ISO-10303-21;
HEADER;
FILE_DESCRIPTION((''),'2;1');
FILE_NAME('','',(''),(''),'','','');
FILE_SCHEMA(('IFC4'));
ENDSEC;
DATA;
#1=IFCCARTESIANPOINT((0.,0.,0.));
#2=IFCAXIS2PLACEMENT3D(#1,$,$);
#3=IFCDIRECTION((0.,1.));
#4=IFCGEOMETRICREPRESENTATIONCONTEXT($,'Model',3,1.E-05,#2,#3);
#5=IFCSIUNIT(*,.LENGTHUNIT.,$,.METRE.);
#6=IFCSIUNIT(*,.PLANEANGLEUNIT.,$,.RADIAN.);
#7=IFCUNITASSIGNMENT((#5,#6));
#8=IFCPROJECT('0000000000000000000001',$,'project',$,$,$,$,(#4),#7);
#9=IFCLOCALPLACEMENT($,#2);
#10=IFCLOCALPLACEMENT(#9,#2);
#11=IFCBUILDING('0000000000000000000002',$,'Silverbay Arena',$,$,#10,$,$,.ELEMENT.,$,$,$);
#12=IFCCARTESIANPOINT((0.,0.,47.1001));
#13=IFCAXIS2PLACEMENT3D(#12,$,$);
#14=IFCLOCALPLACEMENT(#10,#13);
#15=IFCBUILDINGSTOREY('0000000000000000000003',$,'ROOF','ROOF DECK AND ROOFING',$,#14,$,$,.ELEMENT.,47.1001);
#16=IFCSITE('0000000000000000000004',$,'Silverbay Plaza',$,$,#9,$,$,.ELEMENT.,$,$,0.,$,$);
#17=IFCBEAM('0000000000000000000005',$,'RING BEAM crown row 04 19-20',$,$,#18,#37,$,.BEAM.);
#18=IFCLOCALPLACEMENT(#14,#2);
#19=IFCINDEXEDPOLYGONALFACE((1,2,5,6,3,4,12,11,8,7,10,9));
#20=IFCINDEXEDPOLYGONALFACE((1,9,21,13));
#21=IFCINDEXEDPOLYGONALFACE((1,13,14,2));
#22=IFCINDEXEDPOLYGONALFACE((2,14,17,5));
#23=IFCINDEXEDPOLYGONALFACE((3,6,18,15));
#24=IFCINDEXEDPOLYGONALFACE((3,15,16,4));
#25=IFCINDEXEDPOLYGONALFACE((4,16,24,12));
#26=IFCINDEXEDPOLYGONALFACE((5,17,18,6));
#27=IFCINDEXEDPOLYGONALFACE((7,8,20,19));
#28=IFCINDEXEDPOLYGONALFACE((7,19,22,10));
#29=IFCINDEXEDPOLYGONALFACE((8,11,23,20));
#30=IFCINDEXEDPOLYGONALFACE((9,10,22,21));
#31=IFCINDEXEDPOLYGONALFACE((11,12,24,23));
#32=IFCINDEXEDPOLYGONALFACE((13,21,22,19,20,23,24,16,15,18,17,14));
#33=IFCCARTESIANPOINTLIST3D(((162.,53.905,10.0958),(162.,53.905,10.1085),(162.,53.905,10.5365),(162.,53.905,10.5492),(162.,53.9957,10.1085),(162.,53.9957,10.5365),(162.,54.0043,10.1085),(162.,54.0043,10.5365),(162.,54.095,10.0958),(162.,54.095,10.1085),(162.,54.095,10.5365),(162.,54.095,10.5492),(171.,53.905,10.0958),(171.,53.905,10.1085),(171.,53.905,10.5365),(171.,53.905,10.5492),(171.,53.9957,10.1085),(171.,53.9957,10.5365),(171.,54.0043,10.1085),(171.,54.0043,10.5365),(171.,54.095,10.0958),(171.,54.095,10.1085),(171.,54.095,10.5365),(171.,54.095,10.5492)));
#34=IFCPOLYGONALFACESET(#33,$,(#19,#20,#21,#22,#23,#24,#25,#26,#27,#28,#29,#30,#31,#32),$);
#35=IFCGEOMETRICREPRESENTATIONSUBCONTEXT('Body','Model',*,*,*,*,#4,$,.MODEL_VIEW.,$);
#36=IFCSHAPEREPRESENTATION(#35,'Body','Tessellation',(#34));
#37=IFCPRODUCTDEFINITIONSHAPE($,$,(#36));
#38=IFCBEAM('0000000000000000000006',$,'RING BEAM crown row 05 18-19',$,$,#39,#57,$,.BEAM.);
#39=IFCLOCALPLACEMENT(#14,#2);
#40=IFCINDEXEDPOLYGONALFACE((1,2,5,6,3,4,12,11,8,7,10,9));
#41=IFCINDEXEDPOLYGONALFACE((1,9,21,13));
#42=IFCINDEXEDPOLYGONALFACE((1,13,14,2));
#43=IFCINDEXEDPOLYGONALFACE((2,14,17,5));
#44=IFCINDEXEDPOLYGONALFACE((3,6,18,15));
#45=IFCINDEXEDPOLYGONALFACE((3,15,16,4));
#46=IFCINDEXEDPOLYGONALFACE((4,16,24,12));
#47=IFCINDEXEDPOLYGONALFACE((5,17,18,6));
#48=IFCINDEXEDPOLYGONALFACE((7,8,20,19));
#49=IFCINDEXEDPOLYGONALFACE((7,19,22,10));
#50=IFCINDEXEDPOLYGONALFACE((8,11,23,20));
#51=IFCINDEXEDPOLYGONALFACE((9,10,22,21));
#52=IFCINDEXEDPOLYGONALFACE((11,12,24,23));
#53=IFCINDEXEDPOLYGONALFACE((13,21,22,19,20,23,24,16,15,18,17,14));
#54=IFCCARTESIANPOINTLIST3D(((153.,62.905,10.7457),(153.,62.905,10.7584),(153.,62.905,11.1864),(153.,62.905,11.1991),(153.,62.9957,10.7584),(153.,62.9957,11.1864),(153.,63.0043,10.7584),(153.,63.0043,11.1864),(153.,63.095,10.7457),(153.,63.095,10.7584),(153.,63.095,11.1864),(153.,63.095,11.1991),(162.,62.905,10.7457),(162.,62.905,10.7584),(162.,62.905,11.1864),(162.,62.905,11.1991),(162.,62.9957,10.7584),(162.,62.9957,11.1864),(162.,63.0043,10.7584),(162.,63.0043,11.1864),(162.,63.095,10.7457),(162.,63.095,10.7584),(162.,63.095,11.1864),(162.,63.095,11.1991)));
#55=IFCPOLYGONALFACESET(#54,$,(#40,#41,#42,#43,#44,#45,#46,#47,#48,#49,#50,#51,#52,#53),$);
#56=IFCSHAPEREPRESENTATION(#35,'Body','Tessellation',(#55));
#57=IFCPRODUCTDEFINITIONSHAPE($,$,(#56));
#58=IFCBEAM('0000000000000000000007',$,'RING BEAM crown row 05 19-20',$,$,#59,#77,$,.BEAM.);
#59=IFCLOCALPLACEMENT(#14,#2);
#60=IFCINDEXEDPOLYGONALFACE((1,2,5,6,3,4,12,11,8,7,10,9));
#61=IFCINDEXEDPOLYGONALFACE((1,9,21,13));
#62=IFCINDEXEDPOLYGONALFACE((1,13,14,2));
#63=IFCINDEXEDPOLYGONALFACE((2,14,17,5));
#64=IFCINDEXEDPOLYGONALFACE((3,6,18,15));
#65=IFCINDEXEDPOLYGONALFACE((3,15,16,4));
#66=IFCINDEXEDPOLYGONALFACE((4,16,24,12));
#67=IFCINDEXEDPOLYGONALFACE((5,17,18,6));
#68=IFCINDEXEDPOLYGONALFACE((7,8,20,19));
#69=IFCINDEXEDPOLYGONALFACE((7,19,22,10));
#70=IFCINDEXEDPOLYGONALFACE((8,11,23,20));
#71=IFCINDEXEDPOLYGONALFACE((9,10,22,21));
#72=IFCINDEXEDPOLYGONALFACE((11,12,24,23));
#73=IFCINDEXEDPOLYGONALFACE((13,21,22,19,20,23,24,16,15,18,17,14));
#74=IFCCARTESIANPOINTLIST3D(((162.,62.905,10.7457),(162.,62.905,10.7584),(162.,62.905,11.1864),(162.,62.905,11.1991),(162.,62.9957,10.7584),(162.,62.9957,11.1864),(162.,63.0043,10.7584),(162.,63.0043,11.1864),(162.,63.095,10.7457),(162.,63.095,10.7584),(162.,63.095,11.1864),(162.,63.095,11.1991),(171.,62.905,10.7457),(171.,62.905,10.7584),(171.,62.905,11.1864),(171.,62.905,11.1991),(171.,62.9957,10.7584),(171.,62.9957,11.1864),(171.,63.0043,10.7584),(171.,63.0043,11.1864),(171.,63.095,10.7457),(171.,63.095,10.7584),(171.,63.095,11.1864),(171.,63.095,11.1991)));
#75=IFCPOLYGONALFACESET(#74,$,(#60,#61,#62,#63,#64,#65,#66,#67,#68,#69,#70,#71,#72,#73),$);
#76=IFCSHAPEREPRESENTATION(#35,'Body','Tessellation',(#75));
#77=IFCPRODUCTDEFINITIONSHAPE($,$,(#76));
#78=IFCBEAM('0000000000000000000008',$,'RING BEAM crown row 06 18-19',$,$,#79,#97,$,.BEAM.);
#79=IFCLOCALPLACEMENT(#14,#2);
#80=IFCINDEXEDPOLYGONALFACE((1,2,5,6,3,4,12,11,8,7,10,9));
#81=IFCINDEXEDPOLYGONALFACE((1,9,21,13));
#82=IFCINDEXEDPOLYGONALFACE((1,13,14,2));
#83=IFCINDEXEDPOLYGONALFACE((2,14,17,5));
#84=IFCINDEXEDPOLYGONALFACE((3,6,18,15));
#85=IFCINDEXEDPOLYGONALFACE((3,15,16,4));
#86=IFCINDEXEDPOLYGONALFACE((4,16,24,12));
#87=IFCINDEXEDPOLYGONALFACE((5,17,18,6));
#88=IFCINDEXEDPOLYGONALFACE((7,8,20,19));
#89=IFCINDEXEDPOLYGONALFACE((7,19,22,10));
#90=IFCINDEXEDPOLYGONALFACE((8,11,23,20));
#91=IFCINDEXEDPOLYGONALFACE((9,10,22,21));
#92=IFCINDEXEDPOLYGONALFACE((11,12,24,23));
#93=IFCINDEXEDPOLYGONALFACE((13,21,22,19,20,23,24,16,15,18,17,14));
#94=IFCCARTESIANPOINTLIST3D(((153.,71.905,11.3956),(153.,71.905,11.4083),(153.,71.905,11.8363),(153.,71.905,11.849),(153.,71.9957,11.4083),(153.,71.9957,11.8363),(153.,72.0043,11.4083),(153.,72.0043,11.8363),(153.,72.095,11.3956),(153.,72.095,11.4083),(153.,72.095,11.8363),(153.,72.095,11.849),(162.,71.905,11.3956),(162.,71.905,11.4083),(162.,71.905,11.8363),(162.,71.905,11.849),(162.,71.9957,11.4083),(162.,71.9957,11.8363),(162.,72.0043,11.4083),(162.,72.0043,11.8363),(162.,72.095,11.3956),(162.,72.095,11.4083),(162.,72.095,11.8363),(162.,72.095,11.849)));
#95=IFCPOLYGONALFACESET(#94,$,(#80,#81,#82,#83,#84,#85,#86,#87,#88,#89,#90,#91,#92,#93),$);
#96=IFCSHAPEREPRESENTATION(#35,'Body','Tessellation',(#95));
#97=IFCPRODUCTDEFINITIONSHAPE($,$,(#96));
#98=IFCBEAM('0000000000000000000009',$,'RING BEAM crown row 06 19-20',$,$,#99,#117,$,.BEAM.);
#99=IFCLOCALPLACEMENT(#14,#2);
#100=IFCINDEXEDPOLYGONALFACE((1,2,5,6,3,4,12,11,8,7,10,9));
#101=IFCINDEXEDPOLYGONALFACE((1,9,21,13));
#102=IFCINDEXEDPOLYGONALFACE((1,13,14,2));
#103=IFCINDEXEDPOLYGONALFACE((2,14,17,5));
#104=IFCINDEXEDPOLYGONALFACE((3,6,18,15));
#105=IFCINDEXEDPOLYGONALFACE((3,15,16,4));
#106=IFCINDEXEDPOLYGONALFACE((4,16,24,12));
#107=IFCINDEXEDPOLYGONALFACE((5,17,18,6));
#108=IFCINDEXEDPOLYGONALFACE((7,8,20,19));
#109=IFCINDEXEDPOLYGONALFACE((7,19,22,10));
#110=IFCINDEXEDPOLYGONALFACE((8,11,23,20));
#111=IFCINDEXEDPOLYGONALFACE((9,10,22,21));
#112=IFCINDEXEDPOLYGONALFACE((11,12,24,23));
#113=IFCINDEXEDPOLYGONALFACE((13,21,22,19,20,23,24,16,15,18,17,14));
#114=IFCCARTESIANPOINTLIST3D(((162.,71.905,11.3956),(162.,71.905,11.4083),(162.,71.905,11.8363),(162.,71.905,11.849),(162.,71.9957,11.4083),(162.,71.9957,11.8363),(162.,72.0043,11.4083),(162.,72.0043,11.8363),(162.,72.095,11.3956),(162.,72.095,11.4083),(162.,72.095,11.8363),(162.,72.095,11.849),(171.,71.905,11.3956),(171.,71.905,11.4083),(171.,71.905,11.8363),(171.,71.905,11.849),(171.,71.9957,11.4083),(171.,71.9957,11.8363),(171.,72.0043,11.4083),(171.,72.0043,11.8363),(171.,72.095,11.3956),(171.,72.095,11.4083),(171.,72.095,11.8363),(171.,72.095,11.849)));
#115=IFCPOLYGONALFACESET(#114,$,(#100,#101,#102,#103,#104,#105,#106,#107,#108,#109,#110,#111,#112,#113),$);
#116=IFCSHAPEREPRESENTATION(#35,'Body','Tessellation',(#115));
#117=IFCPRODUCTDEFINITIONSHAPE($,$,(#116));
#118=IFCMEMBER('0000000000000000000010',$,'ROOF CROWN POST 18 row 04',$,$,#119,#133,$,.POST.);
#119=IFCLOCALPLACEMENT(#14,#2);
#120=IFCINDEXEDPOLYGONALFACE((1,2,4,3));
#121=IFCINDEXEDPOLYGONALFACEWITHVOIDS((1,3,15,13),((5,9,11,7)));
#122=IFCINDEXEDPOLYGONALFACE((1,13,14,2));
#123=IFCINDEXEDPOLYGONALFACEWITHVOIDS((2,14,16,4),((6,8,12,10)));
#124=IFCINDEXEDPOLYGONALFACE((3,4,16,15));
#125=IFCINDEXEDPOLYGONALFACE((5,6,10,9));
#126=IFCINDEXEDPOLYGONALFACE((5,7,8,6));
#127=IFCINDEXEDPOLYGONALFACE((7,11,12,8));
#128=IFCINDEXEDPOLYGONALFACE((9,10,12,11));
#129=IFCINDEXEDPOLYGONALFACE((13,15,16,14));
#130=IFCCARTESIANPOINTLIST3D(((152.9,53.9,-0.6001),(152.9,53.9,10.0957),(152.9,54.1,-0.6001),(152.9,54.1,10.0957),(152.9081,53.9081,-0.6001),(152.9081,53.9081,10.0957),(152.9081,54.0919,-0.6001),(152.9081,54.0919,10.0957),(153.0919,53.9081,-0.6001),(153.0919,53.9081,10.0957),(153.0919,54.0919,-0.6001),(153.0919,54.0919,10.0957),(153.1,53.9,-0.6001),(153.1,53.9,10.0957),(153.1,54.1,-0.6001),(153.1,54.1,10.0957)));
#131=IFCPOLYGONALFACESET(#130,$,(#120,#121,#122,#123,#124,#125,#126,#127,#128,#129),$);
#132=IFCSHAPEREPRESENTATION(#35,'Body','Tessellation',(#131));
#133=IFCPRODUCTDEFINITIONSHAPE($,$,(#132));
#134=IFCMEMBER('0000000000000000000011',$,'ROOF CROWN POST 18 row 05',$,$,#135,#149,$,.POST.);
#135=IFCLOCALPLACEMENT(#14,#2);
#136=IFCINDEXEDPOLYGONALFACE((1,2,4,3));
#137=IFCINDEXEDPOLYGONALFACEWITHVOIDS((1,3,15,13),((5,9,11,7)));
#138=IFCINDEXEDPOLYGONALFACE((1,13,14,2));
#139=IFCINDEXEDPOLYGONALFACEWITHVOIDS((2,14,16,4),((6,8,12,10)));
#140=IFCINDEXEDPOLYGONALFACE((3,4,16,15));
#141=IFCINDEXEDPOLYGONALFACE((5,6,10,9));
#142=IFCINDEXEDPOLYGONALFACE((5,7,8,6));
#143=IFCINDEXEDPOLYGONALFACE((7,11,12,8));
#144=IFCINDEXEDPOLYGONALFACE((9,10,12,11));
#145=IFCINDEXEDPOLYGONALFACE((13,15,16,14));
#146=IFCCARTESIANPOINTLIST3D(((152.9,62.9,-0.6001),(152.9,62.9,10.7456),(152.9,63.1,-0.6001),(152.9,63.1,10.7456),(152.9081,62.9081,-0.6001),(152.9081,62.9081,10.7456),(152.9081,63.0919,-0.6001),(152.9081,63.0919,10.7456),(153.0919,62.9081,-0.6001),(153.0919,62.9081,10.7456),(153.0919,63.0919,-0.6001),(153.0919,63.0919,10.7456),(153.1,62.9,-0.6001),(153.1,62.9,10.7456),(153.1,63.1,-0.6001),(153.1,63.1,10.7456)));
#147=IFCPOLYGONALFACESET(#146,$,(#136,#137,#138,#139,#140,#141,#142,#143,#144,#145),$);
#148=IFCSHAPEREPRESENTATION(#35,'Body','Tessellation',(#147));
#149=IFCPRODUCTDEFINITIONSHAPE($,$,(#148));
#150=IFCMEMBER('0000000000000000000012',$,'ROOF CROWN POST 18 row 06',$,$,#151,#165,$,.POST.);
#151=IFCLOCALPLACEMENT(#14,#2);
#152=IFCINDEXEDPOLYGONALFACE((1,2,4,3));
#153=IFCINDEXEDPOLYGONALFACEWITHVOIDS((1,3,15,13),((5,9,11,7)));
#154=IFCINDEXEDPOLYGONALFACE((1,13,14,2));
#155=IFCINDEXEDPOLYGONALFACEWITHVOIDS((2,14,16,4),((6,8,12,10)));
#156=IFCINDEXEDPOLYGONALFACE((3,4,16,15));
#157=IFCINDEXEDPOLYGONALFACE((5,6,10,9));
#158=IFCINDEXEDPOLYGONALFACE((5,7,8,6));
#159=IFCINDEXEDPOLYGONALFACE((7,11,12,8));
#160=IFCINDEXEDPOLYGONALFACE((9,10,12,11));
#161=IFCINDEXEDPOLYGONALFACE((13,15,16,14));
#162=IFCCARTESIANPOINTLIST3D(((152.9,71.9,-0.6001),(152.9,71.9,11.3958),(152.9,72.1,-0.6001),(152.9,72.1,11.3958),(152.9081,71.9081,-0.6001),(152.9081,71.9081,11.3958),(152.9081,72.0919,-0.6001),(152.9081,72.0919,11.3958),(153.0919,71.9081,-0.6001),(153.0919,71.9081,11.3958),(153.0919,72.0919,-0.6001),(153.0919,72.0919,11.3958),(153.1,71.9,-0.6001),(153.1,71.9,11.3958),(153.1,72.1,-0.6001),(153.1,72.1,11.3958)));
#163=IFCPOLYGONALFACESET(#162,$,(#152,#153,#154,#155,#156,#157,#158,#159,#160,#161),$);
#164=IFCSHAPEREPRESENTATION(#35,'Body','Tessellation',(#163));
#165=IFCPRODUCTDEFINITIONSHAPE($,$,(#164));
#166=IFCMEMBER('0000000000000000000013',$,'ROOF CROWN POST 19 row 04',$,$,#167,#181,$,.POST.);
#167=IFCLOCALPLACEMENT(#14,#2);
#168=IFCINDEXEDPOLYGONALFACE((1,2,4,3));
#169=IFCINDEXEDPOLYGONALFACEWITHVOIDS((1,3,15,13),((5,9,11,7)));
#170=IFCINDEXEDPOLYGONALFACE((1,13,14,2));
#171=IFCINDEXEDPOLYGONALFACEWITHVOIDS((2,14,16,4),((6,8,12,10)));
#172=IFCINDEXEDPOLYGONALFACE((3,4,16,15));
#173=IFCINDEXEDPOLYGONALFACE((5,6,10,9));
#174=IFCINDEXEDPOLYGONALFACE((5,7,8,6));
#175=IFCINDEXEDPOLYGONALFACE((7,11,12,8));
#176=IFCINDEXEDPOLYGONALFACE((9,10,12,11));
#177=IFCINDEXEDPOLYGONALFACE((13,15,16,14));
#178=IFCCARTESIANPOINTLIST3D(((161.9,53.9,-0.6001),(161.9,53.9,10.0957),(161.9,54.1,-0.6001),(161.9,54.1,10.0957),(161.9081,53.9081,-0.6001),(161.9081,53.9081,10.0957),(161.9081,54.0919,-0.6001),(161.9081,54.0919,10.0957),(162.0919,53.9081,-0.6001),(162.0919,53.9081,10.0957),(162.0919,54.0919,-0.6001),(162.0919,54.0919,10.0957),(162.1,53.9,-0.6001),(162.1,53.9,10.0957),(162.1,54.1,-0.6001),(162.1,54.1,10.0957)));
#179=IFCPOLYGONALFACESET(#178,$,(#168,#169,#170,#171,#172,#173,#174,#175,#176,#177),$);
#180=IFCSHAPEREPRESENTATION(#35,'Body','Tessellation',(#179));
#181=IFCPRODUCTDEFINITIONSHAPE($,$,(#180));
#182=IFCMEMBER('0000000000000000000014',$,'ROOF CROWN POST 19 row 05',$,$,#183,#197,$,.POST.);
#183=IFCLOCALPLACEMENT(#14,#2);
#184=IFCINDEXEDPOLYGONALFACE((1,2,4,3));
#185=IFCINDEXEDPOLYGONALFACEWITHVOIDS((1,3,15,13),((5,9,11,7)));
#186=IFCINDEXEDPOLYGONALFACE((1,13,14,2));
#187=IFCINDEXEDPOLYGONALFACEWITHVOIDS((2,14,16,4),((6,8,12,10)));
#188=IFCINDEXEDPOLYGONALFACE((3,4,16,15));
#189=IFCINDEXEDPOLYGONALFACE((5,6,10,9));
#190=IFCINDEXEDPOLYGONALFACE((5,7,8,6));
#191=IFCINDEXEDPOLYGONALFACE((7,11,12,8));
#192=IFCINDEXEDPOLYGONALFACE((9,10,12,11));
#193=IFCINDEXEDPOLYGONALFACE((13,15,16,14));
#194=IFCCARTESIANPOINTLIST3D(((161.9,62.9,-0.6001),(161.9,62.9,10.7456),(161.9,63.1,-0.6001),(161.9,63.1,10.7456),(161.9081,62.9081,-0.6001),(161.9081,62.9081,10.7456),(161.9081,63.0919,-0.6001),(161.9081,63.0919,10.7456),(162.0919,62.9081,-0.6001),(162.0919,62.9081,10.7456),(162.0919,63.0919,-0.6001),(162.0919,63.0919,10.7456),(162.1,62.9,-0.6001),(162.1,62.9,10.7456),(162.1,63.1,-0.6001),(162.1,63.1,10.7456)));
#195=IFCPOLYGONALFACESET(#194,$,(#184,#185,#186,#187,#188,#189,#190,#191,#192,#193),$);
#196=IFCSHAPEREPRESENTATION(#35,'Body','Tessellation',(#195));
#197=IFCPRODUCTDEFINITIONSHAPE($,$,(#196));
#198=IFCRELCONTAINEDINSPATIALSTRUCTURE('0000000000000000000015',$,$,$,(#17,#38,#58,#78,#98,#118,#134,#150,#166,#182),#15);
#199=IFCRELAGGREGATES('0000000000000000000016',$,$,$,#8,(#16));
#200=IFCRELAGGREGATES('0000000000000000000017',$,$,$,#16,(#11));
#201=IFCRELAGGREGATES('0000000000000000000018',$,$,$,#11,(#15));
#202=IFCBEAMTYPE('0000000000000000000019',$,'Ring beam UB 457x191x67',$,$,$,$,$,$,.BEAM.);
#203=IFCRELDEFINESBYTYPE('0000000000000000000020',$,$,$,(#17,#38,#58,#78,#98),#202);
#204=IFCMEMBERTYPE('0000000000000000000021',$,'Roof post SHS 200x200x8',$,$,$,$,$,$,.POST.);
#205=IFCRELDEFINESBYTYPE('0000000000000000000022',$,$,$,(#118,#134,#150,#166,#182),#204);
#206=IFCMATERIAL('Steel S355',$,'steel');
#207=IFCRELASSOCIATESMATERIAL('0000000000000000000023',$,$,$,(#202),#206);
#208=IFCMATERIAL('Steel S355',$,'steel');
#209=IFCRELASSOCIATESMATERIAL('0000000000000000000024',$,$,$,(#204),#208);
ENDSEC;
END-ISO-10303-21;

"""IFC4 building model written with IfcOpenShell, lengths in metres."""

from ifc_helpers import new_model, si_unit, direction, frame, origin, origin_2d, place, context, subcontext, project, spatial, hollow_rectangle, i_section, extrude, material, material_profile, profile_set, type_object, element, save


model = new_model("IFC4")

# Units and contexts
model_context = context("Model", 3, precision=1e-05, world=origin(), true_north=direction((0.0, 1.0)))
body_context = subcontext(model_context, "Body", "Model", "MODEL_VIEW")
ifc_project = project(units=[si_unit("LENGTHUNIT", "METRE"), si_unit("PLANEANGLEUNIT", "RADIAN")], contexts=[model_context])

# Site, building, storey
site_placement = place(None, origin())
site = spatial("IfcSite", under=ifc_project, at=site_placement, Name="Silverbay Plaza", CompositionType="ELEMENT", RefElevation=0.0)
building_placement = place(site_placement, origin())
building = spatial("IfcBuilding", under=site, at=building_placement, Name="Silverbay Arena", CompositionType="ELEMENT")
storey_placement = place(building_placement, frame((0.0, 0.0, 47.1001)))
storey = spatial("IfcBuildingStorey", under=building, at=storey_placement, Name="ROOF", Description="ROOF DECK AND ROOFING", CompositionType="ELEMENT", Elevation=47.1001)

# Beams
ifc_material_1 = material(Name="Steel S355", Category="steel")
ifc_material_profile_1 = material_profile(ifc_material_1, i_section(OverallWidth=0.1899, OverallDepth=0.4534, WebThickness=0.0085, FlangeThickness=0.0127, at=origin_2d()), Name="UB 457x191x67")
ifc_profile_set_1 = profile_set([ifc_material_profile_1], Name="Steel S355")
beam_type = type_object("IfcBeamType", Name="Ring beam UB 457x191x67", PredefinedType="BEAM", material=ifc_profile_set_1)
for number, where, z_axis, x_axis, name in (
    (1, (162.0, 54.0, 10.3225), (1.0, 0.0, 0.0), (0.0, 1.0, 0.0), "RING BEAM crown row 04 19-20"),
    (2, (153.0, 63.0, 10.9724), (1.0, 0.0, 0.0), (0.0, 1.0, 0.0), "RING BEAM crown row 05 18-19"),
    (3, (162.0, 63.0, 10.9724), (1.0, 0.0, 0.0), (0.0, 1.0, 0.0), "RING BEAM crown row 05 19-20"),
    (4, (153.0, 72.0, 11.6223), (1.0, 0.0, 0.0), (0.0, 1.0, 0.0), "RING BEAM crown row 06 18-19"),
    (5, (162.0, 72.0, 11.6223), (1.0, 0.0, 0.0), (0.0, 1.0, 0.0), "RING BEAM crown row 06 19-20"),
):
    element("IfcBeam", number, at=place(storey_placement, frame(where, z_axis=z_axis, x_axis=x_axis)), inside=storey, type_object=beam_type, Name=name, PredefinedType="BEAM", context=body_context, shape_type="SweptSolid", body=[
        extrude(i_section(OverallWidth=0.1899, OverallDepth=0.4534, WebThickness=0.0085, FlangeThickness=0.0127, at=origin_2d()), origin(), (0.0, 0.0, 1.0), 9.0),
    ])

# Members
ifc_material_2 = material(Name="Steel S355", Category="steel")
ifc_material_profile_2 = material_profile(ifc_material_2, hollow_rectangle(XDim=0.2, YDim=0.2, WallThickness=0.0081, at=origin_2d()), Name="SHS 200x200x8")
ifc_profile_set_2 = profile_set([ifc_material_profile_2], Name="Steel S355")
member_type_1 = type_object("IfcMemberType", Name="Roof post SHS 200x200x8", PredefinedType="POST", material=ifc_profile_set_2)
member_1_placement = place(storey_placement, frame((153.0, 54.0, -0.6001), z_axis=(0.0, 0.0, 1.0), x_axis=(1.0, 0.0, 0.0)))
element("IfcMember", 6, at=member_1_placement, inside=storey, type_object=member_type_1, Name="ROOF CROWN POST 18 row 04", PredefinedType="POST", context=body_context, shape_type="SweptSolid", body=[
    extrude(hollow_rectangle(XDim=0.2, YDim=0.2, WallThickness=0.0081, at=origin_2d()), origin(), (0.0, 0.0, 1.0), 10.6958),
])
member_2_placement = place(storey_placement, frame((153.0, 63.0, -0.6001), z_axis=(0.0, 0.0, 1.0), x_axis=(1.0, 0.0, 0.0)))
element("IfcMember", 7, at=member_2_placement, inside=storey, type_object=member_type_1, Name="ROOF CROWN POST 18 row 05", PredefinedType="POST", context=body_context, shape_type="SweptSolid", body=[
    extrude(hollow_rectangle(XDim=0.2, YDim=0.2, WallThickness=0.0081, at=origin_2d()), origin(), (0.0, 0.0, 1.0), 11.3457),
])
member_3_placement = place(storey_placement, frame((153.0, 72.0, -0.6001), z_axis=(0.0, 0.0, 1.0), x_axis=(1.0, 0.0, 0.0)))
element("IfcMember", 8, at=member_3_placement, inside=storey, type_object=member_type_1, Name="ROOF CROWN POST 18 row 06", PredefinedType="POST", context=body_context, shape_type="SweptSolid", body=[
    extrude(hollow_rectangle(XDim=0.2, YDim=0.2, WallThickness=0.0081, at=origin_2d()), origin(), (0.0, 0.0, 1.0), 11.9958),
])
member_4_placement = place(storey_placement, frame((162.0, 54.0, -0.6001), z_axis=(0.0, 0.0, 1.0), x_axis=(1.0, 0.0, 0.0)))
element("IfcMember", 9, at=member_4_placement, inside=storey, type_object=member_type_1, Name="ROOF CROWN POST 19 row 04", PredefinedType="POST", context=body_context, shape_type="SweptSolid", body=[
    extrude(hollow_rectangle(XDim=0.2, YDim=0.2, WallThickness=0.0081, at=origin_2d()), origin(), (0.0, 0.0, 1.0), 10.6958),
])
member_5_placement = place(storey_placement, frame((162.0, 63.0, -0.6001), z_axis=(0.0, 0.0, 1.0), x_axis=(1.0, 0.0, 0.0)))
element("IfcMember", 10, at=member_5_placement, inside=storey, type_object=member_type_1, Name="ROOF CROWN POST 19 row 05", PredefinedType="POST", context=body_context, shape_type="SweptSolid", body=[
    extrude(hollow_rectangle(XDim=0.2, YDim=0.2, WallThickness=0.0081, at=origin_2d()), origin(), (0.0, 0.0, 1.0), 11.3457),
])

save(model, "model.ifc")
